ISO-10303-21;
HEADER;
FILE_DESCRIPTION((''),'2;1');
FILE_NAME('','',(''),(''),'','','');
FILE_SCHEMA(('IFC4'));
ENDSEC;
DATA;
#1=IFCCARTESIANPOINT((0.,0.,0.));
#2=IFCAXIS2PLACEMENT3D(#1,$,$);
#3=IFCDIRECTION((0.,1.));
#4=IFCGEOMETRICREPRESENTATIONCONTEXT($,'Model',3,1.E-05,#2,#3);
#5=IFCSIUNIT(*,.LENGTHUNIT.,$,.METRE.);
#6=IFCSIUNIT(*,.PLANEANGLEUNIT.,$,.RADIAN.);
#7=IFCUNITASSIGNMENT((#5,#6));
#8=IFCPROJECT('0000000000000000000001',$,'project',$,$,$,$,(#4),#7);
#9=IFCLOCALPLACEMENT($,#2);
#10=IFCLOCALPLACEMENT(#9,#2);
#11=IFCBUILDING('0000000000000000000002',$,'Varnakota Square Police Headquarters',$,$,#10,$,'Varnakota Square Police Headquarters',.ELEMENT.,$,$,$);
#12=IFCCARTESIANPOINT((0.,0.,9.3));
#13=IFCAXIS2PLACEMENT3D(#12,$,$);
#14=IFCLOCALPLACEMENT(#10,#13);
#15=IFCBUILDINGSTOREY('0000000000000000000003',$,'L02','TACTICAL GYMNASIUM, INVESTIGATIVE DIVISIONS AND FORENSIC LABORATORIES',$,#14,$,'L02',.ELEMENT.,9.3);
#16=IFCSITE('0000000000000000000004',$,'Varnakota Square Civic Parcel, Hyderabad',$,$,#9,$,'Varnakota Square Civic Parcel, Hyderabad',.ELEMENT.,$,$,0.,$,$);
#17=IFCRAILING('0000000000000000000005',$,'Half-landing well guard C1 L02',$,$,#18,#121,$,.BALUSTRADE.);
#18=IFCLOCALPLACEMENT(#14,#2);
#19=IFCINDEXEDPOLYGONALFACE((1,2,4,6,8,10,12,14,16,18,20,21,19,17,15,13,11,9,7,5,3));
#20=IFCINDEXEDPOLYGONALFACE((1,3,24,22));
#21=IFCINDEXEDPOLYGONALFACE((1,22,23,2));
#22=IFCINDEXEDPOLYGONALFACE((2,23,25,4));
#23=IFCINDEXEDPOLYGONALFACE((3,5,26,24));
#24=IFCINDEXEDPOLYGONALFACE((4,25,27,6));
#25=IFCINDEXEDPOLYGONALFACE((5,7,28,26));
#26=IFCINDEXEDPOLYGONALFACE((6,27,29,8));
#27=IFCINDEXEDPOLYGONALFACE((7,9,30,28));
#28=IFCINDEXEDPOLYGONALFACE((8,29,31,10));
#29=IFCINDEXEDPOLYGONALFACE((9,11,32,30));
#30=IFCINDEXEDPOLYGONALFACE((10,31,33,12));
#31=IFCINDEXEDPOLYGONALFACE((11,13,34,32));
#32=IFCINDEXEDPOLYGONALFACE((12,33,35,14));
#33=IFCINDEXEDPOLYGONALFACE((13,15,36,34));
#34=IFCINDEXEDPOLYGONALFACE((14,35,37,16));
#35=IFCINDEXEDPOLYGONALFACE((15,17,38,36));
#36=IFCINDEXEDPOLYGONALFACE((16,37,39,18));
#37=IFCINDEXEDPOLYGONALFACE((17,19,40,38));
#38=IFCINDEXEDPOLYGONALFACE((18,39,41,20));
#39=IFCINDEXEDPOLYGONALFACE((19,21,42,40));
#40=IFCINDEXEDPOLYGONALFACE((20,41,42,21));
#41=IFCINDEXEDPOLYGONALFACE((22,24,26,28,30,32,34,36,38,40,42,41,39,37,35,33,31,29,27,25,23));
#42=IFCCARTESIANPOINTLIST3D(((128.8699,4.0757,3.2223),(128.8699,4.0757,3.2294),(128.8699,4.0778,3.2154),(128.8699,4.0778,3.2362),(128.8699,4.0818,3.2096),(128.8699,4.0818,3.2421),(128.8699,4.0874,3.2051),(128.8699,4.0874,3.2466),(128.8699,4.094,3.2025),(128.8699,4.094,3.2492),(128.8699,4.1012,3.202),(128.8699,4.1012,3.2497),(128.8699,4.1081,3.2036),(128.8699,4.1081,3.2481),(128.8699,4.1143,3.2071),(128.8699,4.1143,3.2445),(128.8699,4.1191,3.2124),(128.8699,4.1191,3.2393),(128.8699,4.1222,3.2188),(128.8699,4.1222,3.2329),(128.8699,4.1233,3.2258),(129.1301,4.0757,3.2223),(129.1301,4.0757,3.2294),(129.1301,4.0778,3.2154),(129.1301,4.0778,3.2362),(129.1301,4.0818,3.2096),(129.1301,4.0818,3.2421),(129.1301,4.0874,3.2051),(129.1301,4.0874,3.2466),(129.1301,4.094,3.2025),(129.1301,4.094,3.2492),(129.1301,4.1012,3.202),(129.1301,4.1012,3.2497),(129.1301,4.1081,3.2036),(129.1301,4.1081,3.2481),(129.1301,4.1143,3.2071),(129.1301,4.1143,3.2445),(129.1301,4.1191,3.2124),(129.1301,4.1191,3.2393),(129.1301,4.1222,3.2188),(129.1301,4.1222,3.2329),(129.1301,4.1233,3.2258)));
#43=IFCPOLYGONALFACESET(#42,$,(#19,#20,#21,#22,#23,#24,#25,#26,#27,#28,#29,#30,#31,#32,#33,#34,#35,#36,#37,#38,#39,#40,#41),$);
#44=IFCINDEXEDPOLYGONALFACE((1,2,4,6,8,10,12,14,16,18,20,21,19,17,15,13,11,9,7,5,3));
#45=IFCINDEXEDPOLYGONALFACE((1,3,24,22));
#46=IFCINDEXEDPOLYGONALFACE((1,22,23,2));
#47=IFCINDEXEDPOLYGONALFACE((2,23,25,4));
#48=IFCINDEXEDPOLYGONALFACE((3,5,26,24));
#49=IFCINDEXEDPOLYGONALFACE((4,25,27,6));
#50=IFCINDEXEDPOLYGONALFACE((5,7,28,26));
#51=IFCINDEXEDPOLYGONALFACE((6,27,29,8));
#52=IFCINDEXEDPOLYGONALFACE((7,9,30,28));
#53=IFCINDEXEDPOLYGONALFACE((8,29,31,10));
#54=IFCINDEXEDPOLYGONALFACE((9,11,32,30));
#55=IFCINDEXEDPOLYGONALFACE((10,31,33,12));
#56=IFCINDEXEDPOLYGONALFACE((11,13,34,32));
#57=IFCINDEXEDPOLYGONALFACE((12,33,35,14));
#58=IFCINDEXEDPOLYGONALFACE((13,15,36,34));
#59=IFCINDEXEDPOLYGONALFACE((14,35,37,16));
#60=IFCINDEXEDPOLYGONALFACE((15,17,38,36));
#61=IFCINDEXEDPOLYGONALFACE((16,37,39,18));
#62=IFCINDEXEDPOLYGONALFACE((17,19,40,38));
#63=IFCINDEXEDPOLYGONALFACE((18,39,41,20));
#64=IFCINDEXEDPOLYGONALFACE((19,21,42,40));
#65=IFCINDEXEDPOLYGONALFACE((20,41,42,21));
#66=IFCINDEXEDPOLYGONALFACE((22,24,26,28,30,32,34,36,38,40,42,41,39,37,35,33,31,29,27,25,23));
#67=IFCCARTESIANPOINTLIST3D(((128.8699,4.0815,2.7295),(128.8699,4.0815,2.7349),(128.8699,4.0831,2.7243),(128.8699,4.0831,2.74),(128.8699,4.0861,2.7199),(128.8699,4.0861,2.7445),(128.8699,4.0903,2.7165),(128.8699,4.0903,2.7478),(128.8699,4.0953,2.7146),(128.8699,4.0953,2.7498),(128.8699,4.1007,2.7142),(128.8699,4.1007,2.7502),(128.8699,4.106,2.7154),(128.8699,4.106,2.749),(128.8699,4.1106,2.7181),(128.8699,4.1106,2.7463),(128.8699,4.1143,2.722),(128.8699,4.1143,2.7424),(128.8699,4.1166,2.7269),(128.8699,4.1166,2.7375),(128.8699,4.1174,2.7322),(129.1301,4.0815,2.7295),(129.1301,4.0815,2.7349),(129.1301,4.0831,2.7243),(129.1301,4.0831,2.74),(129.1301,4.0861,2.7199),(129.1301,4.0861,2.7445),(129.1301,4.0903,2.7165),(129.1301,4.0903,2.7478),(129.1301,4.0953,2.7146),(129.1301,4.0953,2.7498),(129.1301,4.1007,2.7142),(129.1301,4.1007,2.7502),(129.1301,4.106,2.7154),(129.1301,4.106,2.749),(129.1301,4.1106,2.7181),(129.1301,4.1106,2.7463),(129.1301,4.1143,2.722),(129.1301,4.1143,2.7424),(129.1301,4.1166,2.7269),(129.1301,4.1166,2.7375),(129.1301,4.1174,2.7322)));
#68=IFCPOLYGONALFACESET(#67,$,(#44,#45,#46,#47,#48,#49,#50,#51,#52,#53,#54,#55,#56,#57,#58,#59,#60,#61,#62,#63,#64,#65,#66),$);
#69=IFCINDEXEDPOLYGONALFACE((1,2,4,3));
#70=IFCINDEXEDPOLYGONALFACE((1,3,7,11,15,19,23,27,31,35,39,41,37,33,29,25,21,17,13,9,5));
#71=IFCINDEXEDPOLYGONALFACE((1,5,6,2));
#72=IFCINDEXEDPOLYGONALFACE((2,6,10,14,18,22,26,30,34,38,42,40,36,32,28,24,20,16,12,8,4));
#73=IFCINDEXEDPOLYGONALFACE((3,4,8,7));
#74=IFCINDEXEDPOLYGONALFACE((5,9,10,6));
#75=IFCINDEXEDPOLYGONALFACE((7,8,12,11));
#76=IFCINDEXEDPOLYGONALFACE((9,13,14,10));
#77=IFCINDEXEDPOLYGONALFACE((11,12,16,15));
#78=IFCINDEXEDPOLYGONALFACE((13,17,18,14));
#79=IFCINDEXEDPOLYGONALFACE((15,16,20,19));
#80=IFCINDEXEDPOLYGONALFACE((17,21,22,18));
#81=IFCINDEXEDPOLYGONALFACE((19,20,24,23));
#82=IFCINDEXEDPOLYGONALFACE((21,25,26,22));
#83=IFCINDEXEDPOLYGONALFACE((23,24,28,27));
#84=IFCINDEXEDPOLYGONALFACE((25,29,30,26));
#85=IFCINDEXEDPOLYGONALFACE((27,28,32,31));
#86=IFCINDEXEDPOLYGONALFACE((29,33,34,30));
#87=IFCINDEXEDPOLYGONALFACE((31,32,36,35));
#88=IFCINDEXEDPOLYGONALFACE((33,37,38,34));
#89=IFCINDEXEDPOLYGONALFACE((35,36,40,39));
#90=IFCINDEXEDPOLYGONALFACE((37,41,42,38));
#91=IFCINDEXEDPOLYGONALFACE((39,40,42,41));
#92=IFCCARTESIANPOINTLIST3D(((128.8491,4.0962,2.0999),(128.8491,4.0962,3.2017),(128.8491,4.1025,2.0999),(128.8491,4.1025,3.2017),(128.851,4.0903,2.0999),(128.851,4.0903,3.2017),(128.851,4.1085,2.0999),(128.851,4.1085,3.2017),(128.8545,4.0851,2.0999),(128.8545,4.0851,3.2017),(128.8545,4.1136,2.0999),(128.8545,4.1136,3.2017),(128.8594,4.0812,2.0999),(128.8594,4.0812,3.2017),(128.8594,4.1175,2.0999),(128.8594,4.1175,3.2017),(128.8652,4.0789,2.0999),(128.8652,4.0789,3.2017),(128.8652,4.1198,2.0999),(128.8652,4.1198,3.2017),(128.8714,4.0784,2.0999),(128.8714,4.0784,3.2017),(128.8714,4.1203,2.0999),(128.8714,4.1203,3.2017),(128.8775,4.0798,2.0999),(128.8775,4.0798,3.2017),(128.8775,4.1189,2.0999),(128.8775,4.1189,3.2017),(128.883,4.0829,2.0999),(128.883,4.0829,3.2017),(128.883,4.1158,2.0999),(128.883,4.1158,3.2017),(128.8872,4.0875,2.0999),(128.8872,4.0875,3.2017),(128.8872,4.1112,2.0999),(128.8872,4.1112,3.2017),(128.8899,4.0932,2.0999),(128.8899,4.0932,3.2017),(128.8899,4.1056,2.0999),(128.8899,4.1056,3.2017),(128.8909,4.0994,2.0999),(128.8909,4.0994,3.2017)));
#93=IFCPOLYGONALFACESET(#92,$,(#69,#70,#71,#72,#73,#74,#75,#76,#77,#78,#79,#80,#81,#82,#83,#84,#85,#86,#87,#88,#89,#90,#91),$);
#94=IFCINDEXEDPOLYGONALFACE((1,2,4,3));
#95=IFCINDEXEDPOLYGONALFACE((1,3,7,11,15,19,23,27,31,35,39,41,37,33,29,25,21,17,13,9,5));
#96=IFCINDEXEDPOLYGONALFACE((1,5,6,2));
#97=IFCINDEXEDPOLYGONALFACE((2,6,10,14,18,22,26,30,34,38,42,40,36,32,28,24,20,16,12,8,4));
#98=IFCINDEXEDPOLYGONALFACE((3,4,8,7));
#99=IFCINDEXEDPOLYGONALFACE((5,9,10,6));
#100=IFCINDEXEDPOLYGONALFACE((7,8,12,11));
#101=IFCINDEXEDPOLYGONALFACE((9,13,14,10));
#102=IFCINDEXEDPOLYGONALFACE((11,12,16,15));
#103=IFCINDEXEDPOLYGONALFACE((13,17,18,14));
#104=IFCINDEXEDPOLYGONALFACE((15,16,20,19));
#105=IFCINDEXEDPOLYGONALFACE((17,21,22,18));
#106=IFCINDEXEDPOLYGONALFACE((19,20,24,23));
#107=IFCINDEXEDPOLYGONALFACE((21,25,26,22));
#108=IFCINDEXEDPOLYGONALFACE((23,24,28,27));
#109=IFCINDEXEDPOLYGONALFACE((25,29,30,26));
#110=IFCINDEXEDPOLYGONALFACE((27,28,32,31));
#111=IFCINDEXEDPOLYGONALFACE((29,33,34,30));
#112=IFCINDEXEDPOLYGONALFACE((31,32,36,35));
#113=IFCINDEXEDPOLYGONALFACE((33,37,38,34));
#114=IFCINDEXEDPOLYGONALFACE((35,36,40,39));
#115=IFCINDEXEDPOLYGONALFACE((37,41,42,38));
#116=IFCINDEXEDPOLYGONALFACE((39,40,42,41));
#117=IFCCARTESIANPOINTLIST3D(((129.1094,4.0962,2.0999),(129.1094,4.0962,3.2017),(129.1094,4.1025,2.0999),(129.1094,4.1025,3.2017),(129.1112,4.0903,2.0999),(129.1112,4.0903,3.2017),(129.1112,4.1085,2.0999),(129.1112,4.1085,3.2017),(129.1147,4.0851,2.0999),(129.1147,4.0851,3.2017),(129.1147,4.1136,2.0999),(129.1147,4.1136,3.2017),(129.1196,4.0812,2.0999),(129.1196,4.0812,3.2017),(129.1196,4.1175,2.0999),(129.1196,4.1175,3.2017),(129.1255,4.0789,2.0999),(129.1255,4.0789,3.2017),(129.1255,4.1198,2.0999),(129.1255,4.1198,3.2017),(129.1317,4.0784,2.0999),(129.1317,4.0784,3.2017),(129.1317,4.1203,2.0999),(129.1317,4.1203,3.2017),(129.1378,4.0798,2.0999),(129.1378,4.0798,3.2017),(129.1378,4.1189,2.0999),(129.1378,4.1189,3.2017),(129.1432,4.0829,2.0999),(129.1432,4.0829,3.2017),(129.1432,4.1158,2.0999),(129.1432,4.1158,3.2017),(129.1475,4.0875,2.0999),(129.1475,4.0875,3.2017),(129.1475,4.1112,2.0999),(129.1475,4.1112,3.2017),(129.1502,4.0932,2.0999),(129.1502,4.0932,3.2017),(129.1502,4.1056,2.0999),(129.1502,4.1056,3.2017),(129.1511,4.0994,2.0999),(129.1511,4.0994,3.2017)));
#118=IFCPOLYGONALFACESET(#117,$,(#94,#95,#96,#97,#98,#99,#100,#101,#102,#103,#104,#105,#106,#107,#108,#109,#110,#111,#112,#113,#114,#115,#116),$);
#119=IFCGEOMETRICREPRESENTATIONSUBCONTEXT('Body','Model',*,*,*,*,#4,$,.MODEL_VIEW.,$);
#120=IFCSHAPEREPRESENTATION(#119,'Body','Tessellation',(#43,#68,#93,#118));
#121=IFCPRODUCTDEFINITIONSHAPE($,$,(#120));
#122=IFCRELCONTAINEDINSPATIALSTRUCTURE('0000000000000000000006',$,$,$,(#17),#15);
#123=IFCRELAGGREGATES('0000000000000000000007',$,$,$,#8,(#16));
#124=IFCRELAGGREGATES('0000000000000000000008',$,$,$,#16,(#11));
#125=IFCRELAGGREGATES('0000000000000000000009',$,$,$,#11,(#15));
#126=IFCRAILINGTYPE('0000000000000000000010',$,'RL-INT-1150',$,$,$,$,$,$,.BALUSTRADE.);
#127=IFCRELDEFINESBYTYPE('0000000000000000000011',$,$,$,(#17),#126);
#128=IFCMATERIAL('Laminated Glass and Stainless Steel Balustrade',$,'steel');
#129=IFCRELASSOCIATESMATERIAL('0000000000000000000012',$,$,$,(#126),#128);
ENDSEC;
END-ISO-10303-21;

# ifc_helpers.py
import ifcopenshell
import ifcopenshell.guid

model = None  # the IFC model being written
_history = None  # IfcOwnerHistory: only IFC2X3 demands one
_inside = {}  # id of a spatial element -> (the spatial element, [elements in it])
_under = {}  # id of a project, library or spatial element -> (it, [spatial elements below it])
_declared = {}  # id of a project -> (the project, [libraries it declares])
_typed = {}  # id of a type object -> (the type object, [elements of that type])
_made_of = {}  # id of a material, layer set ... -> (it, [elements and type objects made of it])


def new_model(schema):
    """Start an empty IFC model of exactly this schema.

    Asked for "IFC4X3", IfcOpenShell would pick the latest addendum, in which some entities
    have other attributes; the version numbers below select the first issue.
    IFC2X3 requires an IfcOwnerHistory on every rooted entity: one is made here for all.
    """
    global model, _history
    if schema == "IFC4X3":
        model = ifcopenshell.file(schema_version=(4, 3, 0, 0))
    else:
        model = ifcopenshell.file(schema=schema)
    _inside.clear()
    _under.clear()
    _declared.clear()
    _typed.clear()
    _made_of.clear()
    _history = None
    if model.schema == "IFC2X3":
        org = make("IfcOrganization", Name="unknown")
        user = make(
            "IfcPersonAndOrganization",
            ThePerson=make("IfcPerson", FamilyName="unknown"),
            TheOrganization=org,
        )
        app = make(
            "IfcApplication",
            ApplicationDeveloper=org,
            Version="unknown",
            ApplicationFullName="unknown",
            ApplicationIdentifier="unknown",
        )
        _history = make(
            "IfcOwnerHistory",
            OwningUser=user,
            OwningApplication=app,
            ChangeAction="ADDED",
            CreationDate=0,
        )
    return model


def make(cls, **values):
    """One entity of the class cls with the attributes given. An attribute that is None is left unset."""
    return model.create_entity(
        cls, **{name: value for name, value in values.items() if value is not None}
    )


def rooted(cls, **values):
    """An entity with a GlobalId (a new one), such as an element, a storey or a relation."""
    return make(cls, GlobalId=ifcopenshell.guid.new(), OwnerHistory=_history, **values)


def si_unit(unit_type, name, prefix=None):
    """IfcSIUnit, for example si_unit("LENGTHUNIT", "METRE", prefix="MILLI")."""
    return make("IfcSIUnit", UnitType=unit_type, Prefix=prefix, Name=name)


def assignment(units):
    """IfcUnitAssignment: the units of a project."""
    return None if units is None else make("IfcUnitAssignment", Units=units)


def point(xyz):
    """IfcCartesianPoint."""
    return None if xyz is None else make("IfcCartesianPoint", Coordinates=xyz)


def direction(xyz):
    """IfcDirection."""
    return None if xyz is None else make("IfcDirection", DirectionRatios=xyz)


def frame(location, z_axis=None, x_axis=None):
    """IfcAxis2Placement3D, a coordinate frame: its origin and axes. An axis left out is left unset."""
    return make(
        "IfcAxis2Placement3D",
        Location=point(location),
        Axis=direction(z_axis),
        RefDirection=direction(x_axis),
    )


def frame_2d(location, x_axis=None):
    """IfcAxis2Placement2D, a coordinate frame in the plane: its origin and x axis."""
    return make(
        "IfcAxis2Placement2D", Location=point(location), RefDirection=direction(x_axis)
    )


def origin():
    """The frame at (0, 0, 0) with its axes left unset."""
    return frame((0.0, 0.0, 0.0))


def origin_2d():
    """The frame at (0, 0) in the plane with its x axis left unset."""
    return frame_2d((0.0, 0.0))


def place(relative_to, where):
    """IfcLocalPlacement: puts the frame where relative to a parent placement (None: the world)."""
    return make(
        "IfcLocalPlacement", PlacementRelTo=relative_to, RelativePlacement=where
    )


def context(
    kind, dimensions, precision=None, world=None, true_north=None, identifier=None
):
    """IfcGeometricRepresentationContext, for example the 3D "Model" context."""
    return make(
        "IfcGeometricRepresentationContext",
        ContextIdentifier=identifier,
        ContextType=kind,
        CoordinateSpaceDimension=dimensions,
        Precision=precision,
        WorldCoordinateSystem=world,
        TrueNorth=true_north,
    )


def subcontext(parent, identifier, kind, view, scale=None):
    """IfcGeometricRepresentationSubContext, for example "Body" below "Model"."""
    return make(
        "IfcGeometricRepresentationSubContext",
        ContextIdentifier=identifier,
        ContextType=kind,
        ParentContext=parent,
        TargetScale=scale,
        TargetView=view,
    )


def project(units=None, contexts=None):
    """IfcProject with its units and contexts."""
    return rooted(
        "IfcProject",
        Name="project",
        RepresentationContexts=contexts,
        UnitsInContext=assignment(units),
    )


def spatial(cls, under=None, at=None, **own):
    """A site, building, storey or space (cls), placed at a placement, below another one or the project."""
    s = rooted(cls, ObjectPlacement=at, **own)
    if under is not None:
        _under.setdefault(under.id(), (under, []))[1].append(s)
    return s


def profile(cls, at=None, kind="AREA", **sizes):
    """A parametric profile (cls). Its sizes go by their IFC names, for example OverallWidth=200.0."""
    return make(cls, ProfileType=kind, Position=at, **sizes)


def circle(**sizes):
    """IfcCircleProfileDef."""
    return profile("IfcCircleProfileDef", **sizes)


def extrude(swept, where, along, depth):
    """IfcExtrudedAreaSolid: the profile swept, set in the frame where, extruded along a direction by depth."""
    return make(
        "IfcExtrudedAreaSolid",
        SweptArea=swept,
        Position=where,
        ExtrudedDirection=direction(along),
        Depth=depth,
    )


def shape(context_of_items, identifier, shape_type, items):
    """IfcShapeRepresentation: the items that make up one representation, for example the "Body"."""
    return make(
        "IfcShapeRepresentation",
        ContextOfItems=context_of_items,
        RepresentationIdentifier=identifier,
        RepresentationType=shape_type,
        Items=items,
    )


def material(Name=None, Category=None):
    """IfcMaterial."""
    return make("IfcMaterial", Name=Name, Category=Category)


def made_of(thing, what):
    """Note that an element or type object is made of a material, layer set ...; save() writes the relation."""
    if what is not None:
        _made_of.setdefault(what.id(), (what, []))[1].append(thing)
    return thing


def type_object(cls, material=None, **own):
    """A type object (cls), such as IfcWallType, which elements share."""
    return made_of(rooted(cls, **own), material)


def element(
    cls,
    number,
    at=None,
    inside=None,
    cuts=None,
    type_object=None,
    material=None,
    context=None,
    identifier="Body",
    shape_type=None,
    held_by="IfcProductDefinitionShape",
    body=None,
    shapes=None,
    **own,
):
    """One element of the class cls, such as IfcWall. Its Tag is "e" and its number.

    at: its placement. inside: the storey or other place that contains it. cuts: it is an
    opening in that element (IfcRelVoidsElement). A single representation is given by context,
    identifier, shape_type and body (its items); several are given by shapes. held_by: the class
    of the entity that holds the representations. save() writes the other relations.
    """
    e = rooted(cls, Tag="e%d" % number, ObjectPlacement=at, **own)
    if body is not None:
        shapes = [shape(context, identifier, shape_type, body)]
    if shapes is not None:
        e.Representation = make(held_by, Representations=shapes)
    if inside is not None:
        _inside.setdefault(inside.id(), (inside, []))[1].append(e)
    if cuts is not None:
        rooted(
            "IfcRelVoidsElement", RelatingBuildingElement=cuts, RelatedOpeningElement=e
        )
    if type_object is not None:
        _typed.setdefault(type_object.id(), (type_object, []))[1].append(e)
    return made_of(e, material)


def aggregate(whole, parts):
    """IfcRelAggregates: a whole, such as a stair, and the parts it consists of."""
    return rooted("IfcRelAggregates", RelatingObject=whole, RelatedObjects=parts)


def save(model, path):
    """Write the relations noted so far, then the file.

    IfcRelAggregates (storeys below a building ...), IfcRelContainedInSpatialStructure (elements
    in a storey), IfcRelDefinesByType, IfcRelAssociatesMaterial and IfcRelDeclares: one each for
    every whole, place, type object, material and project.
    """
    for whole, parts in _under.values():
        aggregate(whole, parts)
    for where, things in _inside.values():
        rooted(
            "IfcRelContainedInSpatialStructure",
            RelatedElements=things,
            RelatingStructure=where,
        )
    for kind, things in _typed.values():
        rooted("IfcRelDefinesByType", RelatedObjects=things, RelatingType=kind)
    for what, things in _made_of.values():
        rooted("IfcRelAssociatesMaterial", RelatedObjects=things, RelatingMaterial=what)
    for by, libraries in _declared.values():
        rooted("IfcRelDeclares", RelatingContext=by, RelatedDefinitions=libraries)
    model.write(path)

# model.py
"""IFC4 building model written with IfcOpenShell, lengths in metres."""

from ifc_helpers import new_model, si_unit, direction, frame, origin, origin_2d, place, context, subcontext, project, spatial, circle, extrude, material, type_object, element, save


model = new_model("IFC4")

# Units and contexts
model_context = context("Model", 3, precision=1e-05, world=origin(), true_north=direction((0.0, 1.0)))
body_context = subcontext(model_context, "Body", "Model", "MODEL_VIEW")
ifc_project = project(units=[si_unit("LENGTHUNIT", "METRE"), si_unit("PLANEANGLEUNIT", "RADIAN")], contexts=[model_context])

# Site, building, storey
site_placement = place(None, origin())
site = spatial("IfcSite", under=ifc_project, at=site_placement, Name="Varnakota Square Civic Parcel, Hyderabad", LongName="Varnakota Square Civic Parcel, Hyderabad", CompositionType="ELEMENT", RefElevation=0.0)
building_placement = place(site_placement, origin())
building = spatial("IfcBuilding", under=site, at=building_placement, Name="Varnakota Square Police Headquarters", LongName="Varnakota Square Police Headquarters", CompositionType="ELEMENT")
storey_placement = place(building_placement, frame((0.0, 0.0, 9.3)))
storey = spatial("IfcBuildingStorey", under=building, at=storey_placement, Name="L02", Description="TACTICAL GYMNASIUM, INVESTIGATIVE DIVISIONS AND FORENSIC LABORATORIES", LongName="L02", CompositionType="ELEMENT", Elevation=9.3)

# Railing
ifc_material_1 = material(Name="Laminated Glass and Stainless Steel Balustrade", Category="steel")
railing_type_1 = type_object("IfcRailingType", Name="RL-INT-1150", PredefinedType="BALUSTRADE", material=ifc_material_1)
railing_1_placement = place(storey_placement, frame((128.8699, 4.0994, 2.0999)))
element("IfcRailing", 1, at=railing_1_placement, inside=storey, type_object=railing_type_1, Name="Half-landing well guard C1 L02", PredefinedType="BALUSTRADE", context=body_context, shape_type="SweptSolid", body=[
    extrude(circle(Radius=0.0239, at=origin_2d()), frame((0.0, 0.0, 1.126), z_axis=(1.0, 0.0, 0.0), x_axis=(0.0, 1.0, 0.0)), (0.0, 0.0, 1.0), 0.2603),
    extrude(circle(Radius=0.0181, at=origin_2d()), frame((0.0, 0.0, 0.6323), z_axis=(1.0, 0.0, 0.0), x_axis=(0.0, 1.0, 0.0)), (0.0, 0.0, 1.0), 0.2603),
    extrude(circle(Radius=0.021, at=origin_2d()), origin(), (0.0, 0.0, 1.0), 1.1018),
    extrude(circle(Radius=0.021, at=origin_2d()), frame((0.2603, 0.0, 0.0)), (0.0, 0.0, 1.0), 1.1018),
])

save(model, "model.ifc")
